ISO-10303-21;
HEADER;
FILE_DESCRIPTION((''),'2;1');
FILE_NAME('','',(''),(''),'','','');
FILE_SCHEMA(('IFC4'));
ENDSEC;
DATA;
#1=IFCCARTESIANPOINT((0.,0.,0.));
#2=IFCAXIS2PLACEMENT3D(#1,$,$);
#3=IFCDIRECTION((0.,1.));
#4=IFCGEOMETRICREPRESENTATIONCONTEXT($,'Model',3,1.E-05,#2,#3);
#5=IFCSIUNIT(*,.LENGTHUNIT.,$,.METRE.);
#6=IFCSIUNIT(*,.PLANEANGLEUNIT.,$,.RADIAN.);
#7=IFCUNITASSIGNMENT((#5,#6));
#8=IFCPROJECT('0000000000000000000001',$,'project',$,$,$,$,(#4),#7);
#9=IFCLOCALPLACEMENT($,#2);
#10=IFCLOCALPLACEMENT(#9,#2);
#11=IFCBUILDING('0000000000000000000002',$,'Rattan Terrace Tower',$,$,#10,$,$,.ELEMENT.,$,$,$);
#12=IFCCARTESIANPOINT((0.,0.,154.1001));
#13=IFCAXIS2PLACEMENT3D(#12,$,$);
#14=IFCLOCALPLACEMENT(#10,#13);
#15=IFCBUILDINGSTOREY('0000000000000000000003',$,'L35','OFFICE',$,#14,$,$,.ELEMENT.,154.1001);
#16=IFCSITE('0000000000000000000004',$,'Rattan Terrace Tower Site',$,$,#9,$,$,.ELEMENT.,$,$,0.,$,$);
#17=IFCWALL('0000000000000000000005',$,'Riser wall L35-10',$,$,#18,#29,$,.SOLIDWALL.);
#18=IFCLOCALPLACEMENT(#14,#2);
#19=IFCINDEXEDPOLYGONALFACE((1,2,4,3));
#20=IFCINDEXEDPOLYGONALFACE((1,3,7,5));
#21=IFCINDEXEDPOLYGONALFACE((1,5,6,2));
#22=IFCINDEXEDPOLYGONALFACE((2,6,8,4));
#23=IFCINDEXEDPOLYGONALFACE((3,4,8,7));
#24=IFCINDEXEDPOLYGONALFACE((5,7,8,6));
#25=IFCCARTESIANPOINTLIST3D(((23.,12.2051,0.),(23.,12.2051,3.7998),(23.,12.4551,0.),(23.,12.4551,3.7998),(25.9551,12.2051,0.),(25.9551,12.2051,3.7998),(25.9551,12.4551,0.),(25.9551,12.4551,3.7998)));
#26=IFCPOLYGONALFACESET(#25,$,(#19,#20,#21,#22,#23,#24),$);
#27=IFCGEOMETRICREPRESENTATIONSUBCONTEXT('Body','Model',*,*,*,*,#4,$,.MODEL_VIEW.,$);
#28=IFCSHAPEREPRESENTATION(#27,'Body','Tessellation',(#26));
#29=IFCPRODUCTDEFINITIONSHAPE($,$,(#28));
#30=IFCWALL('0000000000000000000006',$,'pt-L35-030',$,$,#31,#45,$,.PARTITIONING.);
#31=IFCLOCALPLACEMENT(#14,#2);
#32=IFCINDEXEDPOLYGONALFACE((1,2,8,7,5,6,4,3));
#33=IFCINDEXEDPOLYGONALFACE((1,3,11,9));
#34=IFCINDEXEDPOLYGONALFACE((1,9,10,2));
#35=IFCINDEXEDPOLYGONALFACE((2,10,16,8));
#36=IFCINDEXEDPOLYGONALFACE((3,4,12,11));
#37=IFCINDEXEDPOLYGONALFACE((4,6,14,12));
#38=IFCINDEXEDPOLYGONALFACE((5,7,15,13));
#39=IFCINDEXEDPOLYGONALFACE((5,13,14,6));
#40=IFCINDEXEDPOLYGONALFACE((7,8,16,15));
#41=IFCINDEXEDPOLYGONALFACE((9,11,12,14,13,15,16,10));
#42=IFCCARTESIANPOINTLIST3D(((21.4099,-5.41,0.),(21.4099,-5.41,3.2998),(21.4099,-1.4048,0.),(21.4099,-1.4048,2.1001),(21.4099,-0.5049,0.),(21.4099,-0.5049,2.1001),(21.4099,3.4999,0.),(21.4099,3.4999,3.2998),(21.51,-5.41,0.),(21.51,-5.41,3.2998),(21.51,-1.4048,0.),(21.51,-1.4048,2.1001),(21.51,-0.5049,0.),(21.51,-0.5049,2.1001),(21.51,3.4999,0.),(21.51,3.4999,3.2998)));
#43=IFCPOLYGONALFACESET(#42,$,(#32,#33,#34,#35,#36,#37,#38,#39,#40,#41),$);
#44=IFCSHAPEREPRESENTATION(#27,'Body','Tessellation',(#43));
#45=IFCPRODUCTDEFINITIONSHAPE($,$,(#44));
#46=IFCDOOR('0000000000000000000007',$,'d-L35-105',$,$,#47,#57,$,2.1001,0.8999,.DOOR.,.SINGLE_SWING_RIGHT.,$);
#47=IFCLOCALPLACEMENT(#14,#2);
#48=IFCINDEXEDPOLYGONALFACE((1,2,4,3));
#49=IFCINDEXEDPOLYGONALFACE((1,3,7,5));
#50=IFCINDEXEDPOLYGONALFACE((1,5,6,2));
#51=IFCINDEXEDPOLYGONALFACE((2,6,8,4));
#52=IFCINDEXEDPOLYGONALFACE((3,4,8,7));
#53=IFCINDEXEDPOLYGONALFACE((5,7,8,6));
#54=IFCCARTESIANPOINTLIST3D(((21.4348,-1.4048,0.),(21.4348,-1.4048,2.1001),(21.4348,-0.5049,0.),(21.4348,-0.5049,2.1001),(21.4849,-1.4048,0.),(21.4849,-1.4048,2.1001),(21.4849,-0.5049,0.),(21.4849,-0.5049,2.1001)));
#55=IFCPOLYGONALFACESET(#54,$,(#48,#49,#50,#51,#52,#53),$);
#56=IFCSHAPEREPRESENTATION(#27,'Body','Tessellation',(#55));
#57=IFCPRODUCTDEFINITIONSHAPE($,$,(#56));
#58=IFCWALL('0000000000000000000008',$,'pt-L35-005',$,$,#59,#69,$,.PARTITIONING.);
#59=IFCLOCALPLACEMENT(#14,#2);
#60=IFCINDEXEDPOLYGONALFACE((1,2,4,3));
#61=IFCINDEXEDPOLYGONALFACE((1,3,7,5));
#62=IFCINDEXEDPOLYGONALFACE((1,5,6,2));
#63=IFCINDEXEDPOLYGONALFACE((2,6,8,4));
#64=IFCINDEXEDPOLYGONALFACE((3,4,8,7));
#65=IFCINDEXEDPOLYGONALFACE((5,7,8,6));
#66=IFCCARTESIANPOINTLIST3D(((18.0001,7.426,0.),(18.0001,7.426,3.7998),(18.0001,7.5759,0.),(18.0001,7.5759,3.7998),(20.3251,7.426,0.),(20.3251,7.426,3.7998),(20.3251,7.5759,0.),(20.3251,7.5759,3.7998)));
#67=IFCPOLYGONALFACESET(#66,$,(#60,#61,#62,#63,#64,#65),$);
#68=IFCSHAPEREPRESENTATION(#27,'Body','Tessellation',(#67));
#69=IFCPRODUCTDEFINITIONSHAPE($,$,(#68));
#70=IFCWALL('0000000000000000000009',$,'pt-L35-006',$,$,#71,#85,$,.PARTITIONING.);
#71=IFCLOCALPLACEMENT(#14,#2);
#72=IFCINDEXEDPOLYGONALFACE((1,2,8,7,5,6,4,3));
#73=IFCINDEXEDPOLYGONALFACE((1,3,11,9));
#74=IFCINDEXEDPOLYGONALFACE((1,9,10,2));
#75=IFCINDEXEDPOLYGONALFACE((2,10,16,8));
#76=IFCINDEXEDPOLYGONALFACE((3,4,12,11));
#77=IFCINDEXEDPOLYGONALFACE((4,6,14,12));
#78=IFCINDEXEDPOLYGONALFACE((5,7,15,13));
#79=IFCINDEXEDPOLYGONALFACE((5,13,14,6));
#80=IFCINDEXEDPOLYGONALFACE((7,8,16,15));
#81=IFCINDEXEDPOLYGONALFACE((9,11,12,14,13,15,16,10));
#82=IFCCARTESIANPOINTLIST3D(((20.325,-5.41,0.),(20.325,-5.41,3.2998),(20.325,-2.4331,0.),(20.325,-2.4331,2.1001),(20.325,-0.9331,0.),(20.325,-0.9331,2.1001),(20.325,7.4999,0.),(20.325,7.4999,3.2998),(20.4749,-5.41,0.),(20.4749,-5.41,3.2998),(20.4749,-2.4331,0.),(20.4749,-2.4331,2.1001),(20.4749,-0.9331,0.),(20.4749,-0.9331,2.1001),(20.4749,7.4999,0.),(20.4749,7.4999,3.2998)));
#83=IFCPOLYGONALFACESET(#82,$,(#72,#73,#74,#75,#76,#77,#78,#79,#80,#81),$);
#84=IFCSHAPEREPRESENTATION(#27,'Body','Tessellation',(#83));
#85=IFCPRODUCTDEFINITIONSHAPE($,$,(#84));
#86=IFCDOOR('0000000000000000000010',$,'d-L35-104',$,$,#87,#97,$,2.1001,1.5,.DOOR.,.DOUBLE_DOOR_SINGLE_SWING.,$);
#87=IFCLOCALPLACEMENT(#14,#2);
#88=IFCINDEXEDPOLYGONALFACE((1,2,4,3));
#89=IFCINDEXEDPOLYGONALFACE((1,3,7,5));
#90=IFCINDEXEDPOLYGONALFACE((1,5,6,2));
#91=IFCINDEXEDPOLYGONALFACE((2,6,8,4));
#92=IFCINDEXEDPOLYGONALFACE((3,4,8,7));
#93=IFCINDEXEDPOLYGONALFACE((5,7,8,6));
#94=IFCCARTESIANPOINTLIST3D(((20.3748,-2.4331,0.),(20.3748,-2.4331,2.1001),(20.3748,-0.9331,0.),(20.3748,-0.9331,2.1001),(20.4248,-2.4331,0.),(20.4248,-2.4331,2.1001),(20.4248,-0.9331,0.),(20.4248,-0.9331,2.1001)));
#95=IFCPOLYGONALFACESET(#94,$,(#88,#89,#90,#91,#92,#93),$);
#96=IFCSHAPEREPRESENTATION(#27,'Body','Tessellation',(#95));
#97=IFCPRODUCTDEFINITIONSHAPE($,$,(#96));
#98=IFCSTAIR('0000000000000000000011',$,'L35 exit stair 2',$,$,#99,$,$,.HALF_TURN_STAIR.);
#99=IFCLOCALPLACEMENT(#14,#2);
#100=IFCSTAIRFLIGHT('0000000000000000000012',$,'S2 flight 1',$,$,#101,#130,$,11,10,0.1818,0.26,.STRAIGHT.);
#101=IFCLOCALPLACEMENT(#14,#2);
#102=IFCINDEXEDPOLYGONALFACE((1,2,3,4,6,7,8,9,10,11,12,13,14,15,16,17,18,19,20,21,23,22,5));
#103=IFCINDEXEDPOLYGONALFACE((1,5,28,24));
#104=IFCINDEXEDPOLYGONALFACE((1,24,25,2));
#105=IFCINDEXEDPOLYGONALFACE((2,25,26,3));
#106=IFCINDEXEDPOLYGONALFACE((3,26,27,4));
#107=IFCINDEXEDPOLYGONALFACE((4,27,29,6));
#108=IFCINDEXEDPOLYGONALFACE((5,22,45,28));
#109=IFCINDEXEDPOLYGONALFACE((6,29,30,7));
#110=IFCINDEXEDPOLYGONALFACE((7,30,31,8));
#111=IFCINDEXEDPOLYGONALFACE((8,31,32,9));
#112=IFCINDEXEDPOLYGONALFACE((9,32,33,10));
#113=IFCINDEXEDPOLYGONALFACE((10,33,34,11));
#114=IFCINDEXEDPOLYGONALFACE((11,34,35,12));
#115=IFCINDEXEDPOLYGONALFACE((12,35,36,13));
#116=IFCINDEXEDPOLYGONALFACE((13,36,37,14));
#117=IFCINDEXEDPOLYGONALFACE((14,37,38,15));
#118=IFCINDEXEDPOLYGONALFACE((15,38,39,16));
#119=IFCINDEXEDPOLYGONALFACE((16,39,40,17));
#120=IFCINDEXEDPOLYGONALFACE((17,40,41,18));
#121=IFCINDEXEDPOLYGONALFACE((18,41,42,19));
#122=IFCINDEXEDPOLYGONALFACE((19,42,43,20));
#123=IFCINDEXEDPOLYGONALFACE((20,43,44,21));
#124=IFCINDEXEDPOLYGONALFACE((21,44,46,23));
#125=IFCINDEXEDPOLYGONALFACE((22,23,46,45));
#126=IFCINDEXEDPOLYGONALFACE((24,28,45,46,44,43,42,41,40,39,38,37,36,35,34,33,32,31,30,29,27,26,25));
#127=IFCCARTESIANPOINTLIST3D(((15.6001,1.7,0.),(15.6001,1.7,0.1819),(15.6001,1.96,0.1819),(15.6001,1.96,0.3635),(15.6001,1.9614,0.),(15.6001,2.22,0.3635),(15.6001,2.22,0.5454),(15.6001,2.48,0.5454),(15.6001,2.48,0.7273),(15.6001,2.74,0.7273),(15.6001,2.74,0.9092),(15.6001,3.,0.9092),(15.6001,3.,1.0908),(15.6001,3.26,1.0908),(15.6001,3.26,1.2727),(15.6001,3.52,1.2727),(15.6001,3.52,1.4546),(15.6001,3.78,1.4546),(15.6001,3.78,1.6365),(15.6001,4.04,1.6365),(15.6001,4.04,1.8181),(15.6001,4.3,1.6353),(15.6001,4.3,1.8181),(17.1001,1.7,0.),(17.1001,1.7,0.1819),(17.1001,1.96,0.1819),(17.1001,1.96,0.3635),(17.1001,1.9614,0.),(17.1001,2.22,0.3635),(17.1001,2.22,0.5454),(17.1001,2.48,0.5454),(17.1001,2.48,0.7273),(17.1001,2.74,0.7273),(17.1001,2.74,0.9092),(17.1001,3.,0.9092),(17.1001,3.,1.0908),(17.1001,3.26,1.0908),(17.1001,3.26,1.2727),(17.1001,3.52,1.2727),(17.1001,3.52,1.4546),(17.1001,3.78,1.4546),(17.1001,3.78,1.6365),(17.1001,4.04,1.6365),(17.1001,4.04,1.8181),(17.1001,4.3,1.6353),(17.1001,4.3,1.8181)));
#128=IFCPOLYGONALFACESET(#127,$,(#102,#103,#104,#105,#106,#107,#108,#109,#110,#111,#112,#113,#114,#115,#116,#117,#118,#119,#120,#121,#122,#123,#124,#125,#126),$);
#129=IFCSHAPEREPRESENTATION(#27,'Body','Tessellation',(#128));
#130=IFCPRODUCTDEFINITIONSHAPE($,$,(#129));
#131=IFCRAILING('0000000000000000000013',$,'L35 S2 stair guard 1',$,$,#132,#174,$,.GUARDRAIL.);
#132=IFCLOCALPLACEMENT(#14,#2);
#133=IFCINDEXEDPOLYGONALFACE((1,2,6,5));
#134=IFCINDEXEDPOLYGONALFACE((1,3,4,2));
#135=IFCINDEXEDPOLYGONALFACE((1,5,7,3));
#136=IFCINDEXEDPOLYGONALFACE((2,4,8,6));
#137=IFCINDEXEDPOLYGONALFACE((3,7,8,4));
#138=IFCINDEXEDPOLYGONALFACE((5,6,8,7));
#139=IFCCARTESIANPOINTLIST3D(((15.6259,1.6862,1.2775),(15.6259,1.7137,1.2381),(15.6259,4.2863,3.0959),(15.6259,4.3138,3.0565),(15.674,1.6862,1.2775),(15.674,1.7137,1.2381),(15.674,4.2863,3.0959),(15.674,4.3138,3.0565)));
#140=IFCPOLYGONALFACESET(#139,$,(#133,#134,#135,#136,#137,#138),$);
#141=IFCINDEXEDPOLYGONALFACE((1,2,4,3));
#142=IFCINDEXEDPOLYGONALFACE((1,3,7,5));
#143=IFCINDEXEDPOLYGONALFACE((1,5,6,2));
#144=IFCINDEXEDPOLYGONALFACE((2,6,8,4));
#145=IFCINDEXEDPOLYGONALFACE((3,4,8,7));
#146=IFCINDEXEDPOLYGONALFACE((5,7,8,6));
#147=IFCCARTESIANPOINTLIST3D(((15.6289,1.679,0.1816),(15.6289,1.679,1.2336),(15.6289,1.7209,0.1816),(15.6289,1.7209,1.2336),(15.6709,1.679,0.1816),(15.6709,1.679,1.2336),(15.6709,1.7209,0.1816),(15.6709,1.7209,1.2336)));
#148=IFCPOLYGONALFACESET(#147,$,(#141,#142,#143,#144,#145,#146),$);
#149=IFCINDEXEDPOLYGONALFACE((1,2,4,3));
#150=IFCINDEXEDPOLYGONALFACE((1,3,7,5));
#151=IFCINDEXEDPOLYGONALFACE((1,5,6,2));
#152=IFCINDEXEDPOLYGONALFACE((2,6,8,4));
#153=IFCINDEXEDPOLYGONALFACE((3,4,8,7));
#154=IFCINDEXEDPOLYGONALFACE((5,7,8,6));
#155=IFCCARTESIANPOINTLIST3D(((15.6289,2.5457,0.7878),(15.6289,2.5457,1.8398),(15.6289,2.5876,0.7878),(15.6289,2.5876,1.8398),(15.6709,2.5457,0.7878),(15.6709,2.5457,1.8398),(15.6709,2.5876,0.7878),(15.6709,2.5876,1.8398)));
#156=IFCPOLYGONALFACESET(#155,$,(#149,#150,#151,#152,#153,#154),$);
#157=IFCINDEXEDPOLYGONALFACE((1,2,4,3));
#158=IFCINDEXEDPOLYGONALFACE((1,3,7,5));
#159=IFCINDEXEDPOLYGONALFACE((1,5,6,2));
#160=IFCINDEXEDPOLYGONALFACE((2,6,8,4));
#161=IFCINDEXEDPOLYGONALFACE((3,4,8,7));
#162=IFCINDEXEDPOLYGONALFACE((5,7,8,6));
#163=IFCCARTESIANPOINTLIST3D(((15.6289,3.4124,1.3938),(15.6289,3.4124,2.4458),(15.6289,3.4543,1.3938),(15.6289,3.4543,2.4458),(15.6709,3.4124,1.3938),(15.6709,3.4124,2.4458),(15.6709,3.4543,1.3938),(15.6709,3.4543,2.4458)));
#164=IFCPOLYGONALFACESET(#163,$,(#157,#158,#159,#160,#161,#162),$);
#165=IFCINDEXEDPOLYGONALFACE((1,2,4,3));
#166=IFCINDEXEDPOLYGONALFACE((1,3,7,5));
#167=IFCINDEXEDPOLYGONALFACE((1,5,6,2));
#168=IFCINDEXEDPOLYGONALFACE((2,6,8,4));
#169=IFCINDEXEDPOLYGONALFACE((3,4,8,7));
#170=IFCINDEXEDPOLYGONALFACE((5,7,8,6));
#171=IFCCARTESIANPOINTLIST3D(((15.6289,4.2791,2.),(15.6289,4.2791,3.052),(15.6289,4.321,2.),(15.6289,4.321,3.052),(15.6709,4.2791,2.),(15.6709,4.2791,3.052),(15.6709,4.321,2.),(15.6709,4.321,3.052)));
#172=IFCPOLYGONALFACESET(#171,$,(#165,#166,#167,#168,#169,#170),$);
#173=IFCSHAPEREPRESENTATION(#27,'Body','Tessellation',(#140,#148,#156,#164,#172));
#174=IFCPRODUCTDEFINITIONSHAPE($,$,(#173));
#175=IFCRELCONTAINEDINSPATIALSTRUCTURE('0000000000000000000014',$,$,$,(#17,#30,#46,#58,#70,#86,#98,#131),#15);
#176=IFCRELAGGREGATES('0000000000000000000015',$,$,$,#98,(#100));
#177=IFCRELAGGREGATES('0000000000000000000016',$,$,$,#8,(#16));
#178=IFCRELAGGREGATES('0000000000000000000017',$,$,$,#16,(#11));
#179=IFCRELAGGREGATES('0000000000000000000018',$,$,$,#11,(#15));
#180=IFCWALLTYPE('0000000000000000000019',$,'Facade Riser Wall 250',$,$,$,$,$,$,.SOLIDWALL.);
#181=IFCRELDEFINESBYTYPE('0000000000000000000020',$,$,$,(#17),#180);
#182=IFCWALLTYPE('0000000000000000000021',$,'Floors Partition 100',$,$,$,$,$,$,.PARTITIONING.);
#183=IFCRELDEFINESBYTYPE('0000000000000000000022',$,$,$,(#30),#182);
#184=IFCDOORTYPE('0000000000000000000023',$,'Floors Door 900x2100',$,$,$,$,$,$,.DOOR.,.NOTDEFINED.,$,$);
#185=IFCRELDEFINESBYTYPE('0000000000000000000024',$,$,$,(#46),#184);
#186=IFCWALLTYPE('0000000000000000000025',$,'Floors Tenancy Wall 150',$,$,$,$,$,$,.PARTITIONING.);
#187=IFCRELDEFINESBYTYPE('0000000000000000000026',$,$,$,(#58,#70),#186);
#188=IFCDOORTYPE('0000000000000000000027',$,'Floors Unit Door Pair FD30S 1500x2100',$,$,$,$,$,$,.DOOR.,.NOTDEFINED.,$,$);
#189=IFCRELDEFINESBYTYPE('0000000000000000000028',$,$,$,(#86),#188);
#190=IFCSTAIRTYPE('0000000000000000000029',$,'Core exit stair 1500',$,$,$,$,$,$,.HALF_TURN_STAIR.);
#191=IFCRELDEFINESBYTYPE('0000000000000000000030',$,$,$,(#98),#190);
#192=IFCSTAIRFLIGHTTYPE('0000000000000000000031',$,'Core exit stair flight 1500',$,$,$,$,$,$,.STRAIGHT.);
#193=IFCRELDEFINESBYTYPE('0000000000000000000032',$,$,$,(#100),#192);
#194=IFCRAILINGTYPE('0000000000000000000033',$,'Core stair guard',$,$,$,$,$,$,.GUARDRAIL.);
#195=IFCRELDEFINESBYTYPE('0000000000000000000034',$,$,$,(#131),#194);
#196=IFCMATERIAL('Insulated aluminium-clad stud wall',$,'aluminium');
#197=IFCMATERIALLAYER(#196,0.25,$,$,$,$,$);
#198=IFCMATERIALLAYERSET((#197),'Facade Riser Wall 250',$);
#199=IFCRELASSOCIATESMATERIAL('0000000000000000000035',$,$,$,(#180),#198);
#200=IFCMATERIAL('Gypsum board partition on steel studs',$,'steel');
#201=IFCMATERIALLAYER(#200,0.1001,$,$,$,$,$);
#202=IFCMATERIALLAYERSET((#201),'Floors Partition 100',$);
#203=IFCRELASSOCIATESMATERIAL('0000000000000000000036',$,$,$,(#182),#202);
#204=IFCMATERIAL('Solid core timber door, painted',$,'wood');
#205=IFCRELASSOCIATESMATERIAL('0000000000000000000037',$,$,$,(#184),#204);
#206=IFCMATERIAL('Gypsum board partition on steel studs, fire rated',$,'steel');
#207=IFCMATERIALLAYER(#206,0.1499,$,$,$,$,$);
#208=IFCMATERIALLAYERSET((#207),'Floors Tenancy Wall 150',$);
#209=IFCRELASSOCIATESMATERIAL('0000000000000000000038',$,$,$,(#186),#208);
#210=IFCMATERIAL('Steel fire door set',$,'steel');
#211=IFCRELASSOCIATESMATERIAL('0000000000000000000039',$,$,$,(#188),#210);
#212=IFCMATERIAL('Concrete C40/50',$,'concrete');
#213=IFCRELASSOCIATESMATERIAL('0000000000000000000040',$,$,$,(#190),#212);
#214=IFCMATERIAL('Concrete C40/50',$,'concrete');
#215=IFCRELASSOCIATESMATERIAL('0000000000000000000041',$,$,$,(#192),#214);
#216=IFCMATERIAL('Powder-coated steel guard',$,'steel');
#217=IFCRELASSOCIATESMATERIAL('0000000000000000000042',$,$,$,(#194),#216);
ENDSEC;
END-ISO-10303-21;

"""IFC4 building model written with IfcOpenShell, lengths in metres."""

from ifc_helpers import new_model, si_unit, direction, frame, frame_2d, origin, origin_2d, place, context, subcontext, project, spatial, polyline, rectangle, outline, extrude, material, layer, layer_set, type_object, element, fill, aggregate, save


model = new_model("IFC4")

# Units and contexts
model_context = context("Model", 3, precision=1e-05, world=origin(), true_north=direction((0.0, 1.0)))
body_context = subcontext(model_context, "Body", "Model", "MODEL_VIEW")
ifc_project = project(units=[si_unit("LENGTHUNIT", "METRE"), si_unit("PLANEANGLEUNIT", "RADIAN")], contexts=[model_context])

# Site, building, storey
site_placement = place(None, origin())
site = spatial("IfcSite", under=ifc_project, at=site_placement, Name="Rattan Terrace Tower Site", CompositionType="ELEMENT", RefElevation=0.0)
building_placement = place(site_placement, origin())
building = spatial("IfcBuilding", under=site, at=building_placement, Name="Rattan Terrace Tower", CompositionType="ELEMENT")
storey_placement = place(building_placement, frame((0.0, 0.0, 154.1001)))
storey = spatial("IfcBuildingStorey", under=building, at=storey_placement, Name="L35", Description="OFFICE", CompositionType="ELEMENT", Elevation=154.1001)

# Wall
ifc_material_1 = material(Name="Insulated aluminium-clad stud wall", Category="aluminium")
ifc_layer_1 = layer(ifc_material_1, 0.25)
ifc_layer_set_1 = layer_set([ifc_layer_1], Name="Facade Riser Wall 250")
wall_type_1 = type_object("IfcWallType", Name="Facade Riser Wall 250", PredefinedType="SOLIDWALL", material=ifc_layer_set_1)
wall_1_placement = place(storey_placement, frame((25.9551, 12.3301, 0.0), z_axis=(0.0, 0.0, 1.0), x_axis=(-1.0, 0.0, 0.0)))
element("IfcWall", 1, at=wall_1_placement, inside=storey, type_object=wall_type_1, Name="Riser wall L35-10", PredefinedType="SOLIDWALL", context=body_context, shape_type="SweptSolid", body=[
    extrude(rectangle(XDim=2.9551, YDim=0.25, at=frame_2d((1.4775, 0.0))), origin(), (0.0, 0.0, 1.0), 3.7998),
])

# Wall, opening, door
ifc_material_2 = material(Name="Gypsum board partition on steel studs", Category="steel")
ifc_layer_2 = layer(ifc_material_2, 0.1001)
ifc_layer_set_2 = layer_set([ifc_layer_2], Name="Floors Partition 100")
wall_type_2 = type_object("IfcWallType", Name="Floors Partition 100", PredefinedType="PARTITIONING", material=ifc_layer_set_2)
wall_2_placement = place(storey_placement, frame((21.46, 3.5, 0.0), z_axis=(0.0, 0.0, 1.0), x_axis=(0.0, -1.0, 0.0)))
wall_2 = element("IfcWall", 2, at=wall_2_placement, inside=storey, type_object=wall_type_2, Name="pt-L35-030", PredefinedType="PARTITIONING", context=body_context, shape_type="SweptSolid", body=[
    extrude(rectangle(XDim=8.9099, YDim=0.1001, at=frame_2d((4.4551, 0.0))), origin(), (0.0, 0.0, 1.0), 3.2998),
])
opening_1_placement = place(wall_2_placement, frame((4.0049, 0.0, 0.0)))
opening_1 = element("IfcOpeningElement", 3, at=opening_1_placement, cuts=wall_2, PredefinedType="OPENING", context=body_context, shape_type="SweptSolid", body=[
    extrude(rectangle(XDim=0.8999, YDim=2.1001, at=frame_2d((0.45, 1.05))), frame((0.0, 0.0605, 0.0), z_axis=(0.0, -1.0, 0.0), x_axis=(1.0, 0.0, 0.0)), (0.0, 0.0, 1.0), 0.1211),
])
ifc_material_3 = material(Name="Solid core timber door, painted", Category="wood")
door_type_1 = type_object("IfcDoorType", Name="Floors Door 900x2100", OperationType="NOTDEFINED", PredefinedType="DOOR", material=ifc_material_3)
door_1_placement = place(opening_1_placement, origin())
door_1 = element("IfcDoor", 4, at=door_1_placement, inside=storey, type_object=door_type_1, Name="d-L35-105", OperationType="SINGLE_SWING_RIGHT", OverallHeight=2.1001, OverallWidth=0.8999, PredefinedType="DOOR", context=body_context, shape_type="SweptSolid", body=[
    extrude(rectangle(XDim=0.8999, YDim=2.1001, at=frame_2d((0.45, 1.05))), frame((0.0, 0.0249, 0.0), z_axis=(0.0, -1.0, 0.0), x_axis=(1.0, 0.0, 0.0)), (0.0, 0.0, 1.0), 0.05),
])
fill(opening_1, door_1)

# Wall
ifc_material_4 = material(Name="Gypsum board partition on steel studs, fire rated", Category="steel")
ifc_layer_3 = layer(ifc_material_4, 0.1499)
ifc_layer_set_3 = layer_set([ifc_layer_3], Name="Floors Tenancy Wall 150")
wall_type_3 = type_object("IfcWallType", Name="Floors Tenancy Wall 150", PredefinedType="PARTITIONING", material=ifc_layer_set_3)
wall_3_placement = place(storey_placement, frame((18.0, 7.501, 0.0), z_axis=(0.0, 0.0, 1.0), x_axis=(1.0, 0.0, 0.0)))
element("IfcWall", 5, at=wall_3_placement, inside=storey, type_object=wall_type_3, Name="pt-L35-005", PredefinedType="PARTITIONING", context=body_context, shape_type="SweptSolid", body=[
    extrude(rectangle(XDim=2.325, YDim=0.1499, at=frame_2d((1.1626, 0.0))), origin(), (0.0, 0.0, 1.0), 3.7998),
])

# Wall, opening, door
wall_4_placement = place(storey_placement, frame((20.3999, 7.5, 0.0), z_axis=(0.0, 0.0, 1.0), x_axis=(0.0, -1.0, 0.0)))
wall_4 = element("IfcWall", 6, at=wall_4_placement, inside=storey, type_object=wall_type_3, Name="pt-L35-006", PredefinedType="PARTITIONING", context=body_context, shape_type="SweptSolid", body=[
    extrude(rectangle(XDim=12.9099, YDim=0.1499, at=frame_2d((6.4551, 0.0))), origin(), (0.0, 0.0, 1.0), 3.2998),
])
opening_2_placement = place(wall_4_placement, frame((8.4331, 0.0, 0.0)))
opening_2 = element("IfcOpeningElement", 7, at=opening_2_placement, cuts=wall_4, PredefinedType="OPENING", context=body_context, shape_type="SweptSolid", body=[
    extrude(rectangle(XDim=1.5, YDim=2.1001, at=frame_2d((0.75, 1.05))), frame((0.0, 0.0854, 0.0), z_axis=(0.0, -1.0, 0.0), x_axis=(1.0, 0.0, 0.0)), (0.0, 0.0, 1.0), 0.1709),
])
ifc_material_5 = material(Name="Steel fire door set", Category="steel")
door_type_2 = type_object("IfcDoorType", Name="Floors Unit Door Pair FD30S 1500x2100", OperationType="NOTDEFINED", PredefinedType="DOOR", material=ifc_material_5)
door_2_placement = place(opening_2_placement, origin())
door_2 = element("IfcDoor", 8, at=door_2_placement, inside=storey, type_object=door_type_2, Name="d-L35-104", OperationType="DOUBLE_DOOR_SINGLE_SWING", OverallHeight=2.1001, OverallWidth=1.5, PredefinedType="DOOR", context=body_context, shape_type="SweptSolid", body=[
    extrude(rectangle(XDim=1.5, YDim=2.1001, at=frame_2d((0.75, 1.05))), frame((0.0, 0.0249, 0.0), z_axis=(0.0, -1.0, 0.0), x_axis=(1.0, 0.0, 0.0)), (0.0, 0.0, 1.0), 0.05),
])
fill(opening_2, door_2)

# Stair, stair flight
ifc_material_6 = material(Name="Concrete C40/50", Category="concrete")
stair_type = type_object("IfcStairType", Name="Core exit stair 1500", PredefinedType="HALF_TURN_STAIR", material=ifc_material_6)
stair_placement = place(storey_placement, origin())
stair = element("IfcStair", 9, at=stair_placement, inside=storey, type_object=stair_type, Name="L35 exit stair 2", PredefinedType="HALF_TURN_STAIR")
ifc_material_7 = material(Name="Concrete C40/50", Category="concrete")
stair_flight_type = type_object("IfcStairFlightType", Name="Core exit stair flight 1500", PredefinedType="STRAIGHT", material=ifc_material_7)
stair_flight_placement = place(storey_placement, frame((16.3501, 1.7, 0.0), z_axis=(0.0, 0.0, 1.0), x_axis=(0.0, 1.0, 0.0)))
stair_flight = element("IfcStairFlight", 10, at=stair_flight_placement, type_object=stair_flight_type, Name="S2 flight 1", NumberOfRisers=11, NumberOfTreads=10, PredefinedType="STRAIGHT", RiserHeight=0.1818, TreadLength=0.26, context=body_context, shape_type="SweptSolid", body=[
    extrude(outline(polyline([(0.0, 0.0), (0.0, 0.1819), (0.26, 0.1819), (0.26, 0.3635), (0.52, 0.3635), (0.52, 0.5454), (0.78, 0.5454), (0.78, 0.7273), (1.04, 0.7273), (1.04, 0.9092), (1.3, 0.9092), (1.3, 1.0908), (1.5601, 1.0908), (1.5601, 1.2727), (1.8201, 1.2727), (1.8201, 1.4546), (2.0801, 1.4546), (2.0801, 1.6365), (2.3401, 1.6365), (2.3401, 1.8181), (2.6001, 1.8181), (2.6001, 2.0), (2.6001, 1.6353), (0.2615, 0.0), (0.0, 0.0)])), frame((0.0, 0.75, 0.0), z_axis=(0.0, -1.0, 0.0), x_axis=(1.0, 0.0, 0.0)), (0.0, 0.0, 1.0), 1.5),
])
aggregate(stair, [stair_flight])

# Railing
ifc_material_8 = material(Name="Powder-coated steel guard", Category="steel")
railing_type_1 = type_object("IfcRailingType", Name="Core stair guard", PredefinedType="GUARDRAIL", material=ifc_material_8)
railing_1_placement = place(storey_placement, frame((15.6499, 1.7, 0.1816)))
element("IfcRailing", 11, at=railing_1_placement, inside=storey, type_object=railing_type_1, Name="L35 S2 stair guard 1", PredefinedType="GUARDRAIL", context=body_context, shape_type="SweptSolid", body=[
    extrude(rectangle(XDim=0.0481, YDim=0.0481, at=origin_2d()), frame((0.0, 0.0, 1.0762), z_axis=(0.0, 0.819485, 0.573101), x_axis=(-1.0, 0.0, 0.0)), (0.0, 0.0, 1.0), 3.1729),
    extrude(rectangle(XDim=0.042, YDim=0.042, at=origin_2d()), origin(), (0.0, 0.0, 1.0), 1.052),
    extrude(rectangle(XDim=0.042, YDim=0.042, at=origin_2d()), frame((0.0, 0.8667, 0.6062)), (0.0, 0.0, 1.0), 1.052),
    extrude(rectangle(XDim=0.042, YDim=0.042, at=origin_2d()), frame((0.0, 1.7334, 1.2122)), (0.0, 0.0, 1.0), 1.052),
    extrude(rectangle(XDim=0.042, YDim=0.042, at=origin_2d()), frame((0.0, 2.6001, 1.8184)), (0.0, 0.0, 1.0), 1.052),
])

save(model, "model.ifc")
